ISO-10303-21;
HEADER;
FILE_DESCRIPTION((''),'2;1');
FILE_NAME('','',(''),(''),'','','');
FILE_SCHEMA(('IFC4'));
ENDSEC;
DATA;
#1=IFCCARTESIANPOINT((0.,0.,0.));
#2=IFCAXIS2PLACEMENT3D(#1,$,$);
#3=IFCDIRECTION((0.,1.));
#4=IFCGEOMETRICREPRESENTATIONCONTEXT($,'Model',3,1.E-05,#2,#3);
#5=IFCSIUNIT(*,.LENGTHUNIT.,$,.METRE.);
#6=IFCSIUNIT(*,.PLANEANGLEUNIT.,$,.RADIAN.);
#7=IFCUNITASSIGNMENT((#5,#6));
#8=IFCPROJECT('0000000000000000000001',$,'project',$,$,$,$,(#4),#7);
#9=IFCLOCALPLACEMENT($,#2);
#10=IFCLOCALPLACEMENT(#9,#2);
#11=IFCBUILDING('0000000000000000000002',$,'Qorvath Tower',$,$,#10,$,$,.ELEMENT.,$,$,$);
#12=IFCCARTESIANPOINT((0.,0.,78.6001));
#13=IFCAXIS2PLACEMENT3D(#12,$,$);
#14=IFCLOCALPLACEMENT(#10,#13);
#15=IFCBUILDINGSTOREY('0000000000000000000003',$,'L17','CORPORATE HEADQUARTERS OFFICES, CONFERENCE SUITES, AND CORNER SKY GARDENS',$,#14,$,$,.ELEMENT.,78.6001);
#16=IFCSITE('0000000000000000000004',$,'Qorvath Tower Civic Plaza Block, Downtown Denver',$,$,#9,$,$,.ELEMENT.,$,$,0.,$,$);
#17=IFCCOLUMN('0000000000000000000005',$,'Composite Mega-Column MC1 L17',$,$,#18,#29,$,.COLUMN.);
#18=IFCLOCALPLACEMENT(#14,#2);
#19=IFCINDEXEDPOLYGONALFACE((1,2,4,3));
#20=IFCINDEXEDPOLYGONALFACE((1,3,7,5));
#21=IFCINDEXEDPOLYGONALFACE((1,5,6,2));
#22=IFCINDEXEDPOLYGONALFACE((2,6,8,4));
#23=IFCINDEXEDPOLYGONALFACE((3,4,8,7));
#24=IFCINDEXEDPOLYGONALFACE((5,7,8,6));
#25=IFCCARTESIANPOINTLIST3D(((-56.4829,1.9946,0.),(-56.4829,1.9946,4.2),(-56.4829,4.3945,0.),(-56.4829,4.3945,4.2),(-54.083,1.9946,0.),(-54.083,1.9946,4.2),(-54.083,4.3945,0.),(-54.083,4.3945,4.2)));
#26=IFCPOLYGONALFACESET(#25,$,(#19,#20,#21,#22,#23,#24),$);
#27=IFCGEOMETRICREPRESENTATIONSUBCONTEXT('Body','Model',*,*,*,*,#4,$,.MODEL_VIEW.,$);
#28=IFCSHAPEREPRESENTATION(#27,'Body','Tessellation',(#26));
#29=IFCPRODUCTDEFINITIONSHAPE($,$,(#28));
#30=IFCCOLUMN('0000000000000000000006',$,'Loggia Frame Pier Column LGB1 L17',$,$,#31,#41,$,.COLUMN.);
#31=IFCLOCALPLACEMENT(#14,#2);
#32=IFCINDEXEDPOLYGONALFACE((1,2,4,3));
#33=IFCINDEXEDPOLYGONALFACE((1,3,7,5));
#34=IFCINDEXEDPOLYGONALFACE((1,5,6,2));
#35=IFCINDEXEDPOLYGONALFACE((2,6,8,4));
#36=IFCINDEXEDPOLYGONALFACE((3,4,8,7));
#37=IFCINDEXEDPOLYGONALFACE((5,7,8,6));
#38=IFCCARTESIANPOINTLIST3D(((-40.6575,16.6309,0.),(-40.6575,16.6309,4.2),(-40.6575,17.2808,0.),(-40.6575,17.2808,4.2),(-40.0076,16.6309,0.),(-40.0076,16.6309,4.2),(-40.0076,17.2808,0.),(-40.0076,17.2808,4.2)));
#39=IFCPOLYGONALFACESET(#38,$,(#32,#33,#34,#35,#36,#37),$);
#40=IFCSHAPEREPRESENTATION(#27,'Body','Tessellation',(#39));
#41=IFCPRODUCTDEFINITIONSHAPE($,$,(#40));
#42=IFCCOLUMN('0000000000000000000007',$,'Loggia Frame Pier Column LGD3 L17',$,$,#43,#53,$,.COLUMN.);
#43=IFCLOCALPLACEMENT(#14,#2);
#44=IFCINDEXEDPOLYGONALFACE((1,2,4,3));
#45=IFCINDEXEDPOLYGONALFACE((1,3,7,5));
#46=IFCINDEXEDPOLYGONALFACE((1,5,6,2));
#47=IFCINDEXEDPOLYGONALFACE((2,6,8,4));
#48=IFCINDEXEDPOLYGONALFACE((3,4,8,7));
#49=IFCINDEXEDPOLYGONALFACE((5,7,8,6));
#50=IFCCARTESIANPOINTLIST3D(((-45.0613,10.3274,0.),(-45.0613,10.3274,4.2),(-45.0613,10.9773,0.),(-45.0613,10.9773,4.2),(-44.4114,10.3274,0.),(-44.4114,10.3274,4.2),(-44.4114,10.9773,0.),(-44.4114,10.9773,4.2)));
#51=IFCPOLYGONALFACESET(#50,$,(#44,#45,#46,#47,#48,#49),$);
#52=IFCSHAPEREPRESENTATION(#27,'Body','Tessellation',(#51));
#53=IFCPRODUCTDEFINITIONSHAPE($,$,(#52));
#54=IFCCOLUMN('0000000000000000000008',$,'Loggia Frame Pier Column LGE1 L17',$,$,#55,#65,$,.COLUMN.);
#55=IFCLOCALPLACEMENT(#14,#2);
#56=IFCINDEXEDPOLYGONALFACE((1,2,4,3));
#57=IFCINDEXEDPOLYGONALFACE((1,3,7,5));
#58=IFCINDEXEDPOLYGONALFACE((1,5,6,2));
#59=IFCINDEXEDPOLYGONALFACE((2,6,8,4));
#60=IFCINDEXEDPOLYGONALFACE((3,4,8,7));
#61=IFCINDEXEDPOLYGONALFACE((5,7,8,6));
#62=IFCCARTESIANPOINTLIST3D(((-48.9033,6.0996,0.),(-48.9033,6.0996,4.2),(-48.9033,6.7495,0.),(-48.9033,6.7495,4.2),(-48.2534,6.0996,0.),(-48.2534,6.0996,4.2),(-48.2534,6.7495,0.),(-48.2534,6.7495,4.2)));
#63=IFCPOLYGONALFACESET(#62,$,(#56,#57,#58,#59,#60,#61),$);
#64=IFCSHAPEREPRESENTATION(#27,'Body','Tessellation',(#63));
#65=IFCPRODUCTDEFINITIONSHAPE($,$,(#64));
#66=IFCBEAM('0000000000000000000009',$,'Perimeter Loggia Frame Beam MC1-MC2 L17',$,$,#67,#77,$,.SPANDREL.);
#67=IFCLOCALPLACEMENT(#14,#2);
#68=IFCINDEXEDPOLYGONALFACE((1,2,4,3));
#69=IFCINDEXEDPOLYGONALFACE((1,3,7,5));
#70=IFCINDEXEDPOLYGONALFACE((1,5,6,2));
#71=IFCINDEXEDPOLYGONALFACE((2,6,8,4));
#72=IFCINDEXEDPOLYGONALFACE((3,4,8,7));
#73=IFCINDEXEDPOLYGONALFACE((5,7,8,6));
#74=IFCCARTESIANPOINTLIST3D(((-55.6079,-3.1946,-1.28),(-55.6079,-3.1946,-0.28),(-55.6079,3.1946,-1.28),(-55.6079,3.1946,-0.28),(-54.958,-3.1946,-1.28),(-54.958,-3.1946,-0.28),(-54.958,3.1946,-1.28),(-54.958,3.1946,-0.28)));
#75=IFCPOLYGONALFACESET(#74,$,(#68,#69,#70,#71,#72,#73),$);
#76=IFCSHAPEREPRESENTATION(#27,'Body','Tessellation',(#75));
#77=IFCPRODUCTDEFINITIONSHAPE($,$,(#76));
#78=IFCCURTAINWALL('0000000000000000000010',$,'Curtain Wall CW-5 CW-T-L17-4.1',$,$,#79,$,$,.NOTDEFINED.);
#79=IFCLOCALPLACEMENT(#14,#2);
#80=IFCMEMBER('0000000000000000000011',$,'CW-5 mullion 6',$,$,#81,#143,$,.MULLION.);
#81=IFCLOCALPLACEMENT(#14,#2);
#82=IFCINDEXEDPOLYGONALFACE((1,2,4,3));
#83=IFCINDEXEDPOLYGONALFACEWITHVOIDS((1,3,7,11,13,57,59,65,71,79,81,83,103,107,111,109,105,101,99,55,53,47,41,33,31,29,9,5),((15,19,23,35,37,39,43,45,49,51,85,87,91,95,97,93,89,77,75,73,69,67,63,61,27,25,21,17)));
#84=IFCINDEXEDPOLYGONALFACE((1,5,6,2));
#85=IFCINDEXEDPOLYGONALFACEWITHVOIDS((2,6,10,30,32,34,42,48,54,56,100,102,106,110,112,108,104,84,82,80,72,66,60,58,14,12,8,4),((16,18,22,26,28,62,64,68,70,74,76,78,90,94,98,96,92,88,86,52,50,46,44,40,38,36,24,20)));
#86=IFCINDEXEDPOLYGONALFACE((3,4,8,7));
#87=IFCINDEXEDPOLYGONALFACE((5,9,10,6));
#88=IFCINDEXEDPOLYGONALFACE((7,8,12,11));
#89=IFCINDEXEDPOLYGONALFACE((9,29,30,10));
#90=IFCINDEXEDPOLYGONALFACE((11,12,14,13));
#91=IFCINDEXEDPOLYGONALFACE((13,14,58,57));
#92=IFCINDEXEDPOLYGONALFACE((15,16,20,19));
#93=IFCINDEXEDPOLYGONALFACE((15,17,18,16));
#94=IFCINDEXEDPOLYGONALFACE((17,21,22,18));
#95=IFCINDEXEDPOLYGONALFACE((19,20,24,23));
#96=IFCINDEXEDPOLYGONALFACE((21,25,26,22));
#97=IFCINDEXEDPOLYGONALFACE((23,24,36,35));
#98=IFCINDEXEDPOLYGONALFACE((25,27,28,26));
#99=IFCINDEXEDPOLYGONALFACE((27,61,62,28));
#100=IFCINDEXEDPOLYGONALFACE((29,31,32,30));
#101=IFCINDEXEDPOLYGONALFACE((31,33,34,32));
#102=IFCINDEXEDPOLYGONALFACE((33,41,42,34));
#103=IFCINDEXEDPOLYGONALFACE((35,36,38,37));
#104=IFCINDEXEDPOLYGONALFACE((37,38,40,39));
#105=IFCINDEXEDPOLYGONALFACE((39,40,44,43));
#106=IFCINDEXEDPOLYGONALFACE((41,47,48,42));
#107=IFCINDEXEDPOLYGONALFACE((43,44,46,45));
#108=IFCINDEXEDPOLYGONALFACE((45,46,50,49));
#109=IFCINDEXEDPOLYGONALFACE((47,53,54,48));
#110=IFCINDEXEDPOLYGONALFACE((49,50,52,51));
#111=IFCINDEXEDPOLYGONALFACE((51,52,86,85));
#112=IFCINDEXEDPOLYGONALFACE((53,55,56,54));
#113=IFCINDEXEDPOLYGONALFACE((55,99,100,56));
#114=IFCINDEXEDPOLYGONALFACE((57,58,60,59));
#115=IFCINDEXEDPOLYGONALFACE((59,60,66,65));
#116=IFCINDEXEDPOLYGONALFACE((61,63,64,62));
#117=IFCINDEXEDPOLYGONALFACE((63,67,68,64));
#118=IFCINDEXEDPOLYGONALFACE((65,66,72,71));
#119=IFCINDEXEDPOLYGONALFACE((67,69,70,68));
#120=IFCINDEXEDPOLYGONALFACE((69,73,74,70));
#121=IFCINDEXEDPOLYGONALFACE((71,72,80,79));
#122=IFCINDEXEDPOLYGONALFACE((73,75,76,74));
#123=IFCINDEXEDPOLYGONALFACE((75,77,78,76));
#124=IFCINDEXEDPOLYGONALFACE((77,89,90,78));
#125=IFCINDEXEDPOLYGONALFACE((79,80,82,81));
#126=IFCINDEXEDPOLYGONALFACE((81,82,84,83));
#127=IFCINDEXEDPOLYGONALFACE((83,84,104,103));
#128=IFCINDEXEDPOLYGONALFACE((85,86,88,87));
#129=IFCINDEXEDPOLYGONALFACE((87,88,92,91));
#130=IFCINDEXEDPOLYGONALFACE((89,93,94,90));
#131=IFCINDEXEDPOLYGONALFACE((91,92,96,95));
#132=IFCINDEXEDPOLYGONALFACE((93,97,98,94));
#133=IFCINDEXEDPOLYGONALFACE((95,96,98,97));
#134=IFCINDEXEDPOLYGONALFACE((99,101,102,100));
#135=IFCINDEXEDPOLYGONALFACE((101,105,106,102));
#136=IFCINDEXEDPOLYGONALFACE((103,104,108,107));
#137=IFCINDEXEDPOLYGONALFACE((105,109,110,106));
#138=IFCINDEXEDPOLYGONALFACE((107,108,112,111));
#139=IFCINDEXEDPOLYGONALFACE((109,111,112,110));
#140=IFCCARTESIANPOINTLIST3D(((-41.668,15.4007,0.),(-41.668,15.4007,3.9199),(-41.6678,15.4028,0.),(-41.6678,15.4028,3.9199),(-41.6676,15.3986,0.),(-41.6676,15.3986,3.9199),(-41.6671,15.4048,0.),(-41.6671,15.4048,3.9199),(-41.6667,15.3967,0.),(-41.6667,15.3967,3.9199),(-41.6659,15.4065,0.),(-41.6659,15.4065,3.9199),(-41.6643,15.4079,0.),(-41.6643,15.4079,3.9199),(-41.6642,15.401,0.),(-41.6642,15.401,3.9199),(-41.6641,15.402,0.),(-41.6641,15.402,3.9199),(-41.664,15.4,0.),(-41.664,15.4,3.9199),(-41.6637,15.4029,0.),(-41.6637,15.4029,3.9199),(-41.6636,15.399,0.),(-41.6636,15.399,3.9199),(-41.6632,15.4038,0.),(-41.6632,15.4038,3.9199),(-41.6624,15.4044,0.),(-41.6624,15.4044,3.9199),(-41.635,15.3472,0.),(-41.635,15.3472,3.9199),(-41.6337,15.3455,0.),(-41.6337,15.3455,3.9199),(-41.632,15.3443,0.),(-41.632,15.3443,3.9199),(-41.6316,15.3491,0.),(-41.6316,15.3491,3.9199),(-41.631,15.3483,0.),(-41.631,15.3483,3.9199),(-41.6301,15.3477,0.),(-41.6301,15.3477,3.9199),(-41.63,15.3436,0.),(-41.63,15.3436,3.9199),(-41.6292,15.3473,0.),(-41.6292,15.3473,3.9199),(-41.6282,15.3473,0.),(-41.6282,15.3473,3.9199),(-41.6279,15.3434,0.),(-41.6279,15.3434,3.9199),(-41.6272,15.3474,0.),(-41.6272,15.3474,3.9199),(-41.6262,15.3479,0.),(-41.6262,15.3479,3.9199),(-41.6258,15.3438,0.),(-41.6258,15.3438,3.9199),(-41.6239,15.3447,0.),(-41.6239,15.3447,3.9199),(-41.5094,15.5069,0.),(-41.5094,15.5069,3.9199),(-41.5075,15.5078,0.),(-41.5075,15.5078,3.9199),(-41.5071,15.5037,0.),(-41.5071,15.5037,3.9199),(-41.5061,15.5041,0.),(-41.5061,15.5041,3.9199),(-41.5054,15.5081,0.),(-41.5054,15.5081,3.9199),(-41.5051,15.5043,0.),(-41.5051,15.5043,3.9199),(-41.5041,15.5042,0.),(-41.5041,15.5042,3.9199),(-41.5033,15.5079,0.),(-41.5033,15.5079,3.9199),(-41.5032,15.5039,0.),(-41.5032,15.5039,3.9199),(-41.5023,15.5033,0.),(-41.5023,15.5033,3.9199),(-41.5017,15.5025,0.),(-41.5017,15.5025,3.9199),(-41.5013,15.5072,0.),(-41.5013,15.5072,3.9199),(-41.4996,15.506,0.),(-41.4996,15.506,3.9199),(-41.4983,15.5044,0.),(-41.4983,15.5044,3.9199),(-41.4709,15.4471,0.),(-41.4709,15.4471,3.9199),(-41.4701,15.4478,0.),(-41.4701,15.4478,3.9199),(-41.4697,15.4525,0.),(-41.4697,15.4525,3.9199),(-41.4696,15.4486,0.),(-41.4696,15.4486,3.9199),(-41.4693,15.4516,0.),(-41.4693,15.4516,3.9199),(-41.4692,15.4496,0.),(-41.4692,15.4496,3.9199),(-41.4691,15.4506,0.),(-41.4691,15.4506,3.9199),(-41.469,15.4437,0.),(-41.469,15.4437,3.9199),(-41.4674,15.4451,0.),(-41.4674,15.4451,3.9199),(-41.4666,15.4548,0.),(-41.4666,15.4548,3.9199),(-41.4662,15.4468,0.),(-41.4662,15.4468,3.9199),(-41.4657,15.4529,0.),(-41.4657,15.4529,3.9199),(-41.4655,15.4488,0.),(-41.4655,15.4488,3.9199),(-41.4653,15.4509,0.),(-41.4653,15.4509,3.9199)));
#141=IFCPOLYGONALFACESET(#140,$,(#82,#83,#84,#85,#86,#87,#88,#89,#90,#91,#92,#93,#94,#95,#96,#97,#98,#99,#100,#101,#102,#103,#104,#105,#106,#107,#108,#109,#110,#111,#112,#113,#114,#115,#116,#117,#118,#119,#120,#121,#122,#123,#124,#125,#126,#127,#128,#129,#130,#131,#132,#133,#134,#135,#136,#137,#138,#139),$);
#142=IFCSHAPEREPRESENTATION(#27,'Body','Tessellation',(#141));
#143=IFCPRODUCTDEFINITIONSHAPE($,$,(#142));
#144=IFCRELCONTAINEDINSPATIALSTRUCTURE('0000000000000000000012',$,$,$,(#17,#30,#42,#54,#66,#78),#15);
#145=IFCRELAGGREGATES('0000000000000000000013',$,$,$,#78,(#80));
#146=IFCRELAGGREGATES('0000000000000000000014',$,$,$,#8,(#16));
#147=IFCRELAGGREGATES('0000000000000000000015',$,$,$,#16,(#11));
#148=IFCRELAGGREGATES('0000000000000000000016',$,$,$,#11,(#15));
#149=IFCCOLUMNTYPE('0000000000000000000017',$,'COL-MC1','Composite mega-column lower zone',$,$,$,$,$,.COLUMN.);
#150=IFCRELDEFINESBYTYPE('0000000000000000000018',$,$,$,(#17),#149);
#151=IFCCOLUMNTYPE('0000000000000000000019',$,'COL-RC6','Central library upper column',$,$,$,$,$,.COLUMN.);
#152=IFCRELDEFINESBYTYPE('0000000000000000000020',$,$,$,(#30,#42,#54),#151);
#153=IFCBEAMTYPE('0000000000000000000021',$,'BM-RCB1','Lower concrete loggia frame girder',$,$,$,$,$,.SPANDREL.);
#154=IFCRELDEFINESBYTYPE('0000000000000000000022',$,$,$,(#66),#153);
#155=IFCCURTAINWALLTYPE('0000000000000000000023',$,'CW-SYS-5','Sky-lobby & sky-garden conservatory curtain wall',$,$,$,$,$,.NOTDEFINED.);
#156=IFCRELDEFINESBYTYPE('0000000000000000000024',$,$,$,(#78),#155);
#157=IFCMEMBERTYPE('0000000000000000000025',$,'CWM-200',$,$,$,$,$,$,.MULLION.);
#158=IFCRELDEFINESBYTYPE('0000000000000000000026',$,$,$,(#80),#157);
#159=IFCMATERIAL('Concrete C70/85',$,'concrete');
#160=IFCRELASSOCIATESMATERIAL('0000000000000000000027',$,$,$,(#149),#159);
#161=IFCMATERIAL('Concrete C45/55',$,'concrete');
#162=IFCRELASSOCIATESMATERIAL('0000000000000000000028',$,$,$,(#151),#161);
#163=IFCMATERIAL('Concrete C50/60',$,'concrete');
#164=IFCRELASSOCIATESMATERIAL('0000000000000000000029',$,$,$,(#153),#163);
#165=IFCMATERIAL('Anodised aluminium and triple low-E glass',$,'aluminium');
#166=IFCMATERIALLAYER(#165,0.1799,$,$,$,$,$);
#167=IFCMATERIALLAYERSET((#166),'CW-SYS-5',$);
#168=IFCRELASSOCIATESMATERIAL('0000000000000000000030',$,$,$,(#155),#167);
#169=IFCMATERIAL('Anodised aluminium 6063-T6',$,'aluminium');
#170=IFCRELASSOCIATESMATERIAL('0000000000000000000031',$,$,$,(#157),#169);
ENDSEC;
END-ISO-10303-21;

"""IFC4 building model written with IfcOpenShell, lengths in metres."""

from ifc_helpers import new_model, si_unit, direction, frame, origin, origin_2d, place, context, subcontext, project, spatial, rectangle, hollow_rectangle, extrude, material, layer, layer_set, material_profile, profile_set, type_object, element, aggregate, save


model = new_model("IFC4")

# Units and contexts
model_context = context("Model", 3, precision=1e-05, world=origin(), true_north=direction((0.0, 1.0)))
body_context = subcontext(model_context, "Body", "Model", "MODEL_VIEW")
ifc_project = project(units=[si_unit("LENGTHUNIT", "METRE"), si_unit("PLANEANGLEUNIT", "RADIAN")], contexts=[model_context])

# Site, building, storey
site_placement = place(None, origin())
site = spatial("IfcSite", under=ifc_project, at=site_placement, Name="Qorvath Tower Civic Plaza Block, Downtown Denver", CompositionType="ELEMENT", RefElevation=0.0)
building_placement = place(site_placement, origin())
building = spatial("IfcBuilding", under=site, at=building_placement, Name="Qorvath Tower", CompositionType="ELEMENT")
storey_placement = place(building_placement, frame((0.0, 0.0, 78.6001)))
storey = spatial("IfcBuildingStorey", under=building, at=storey_placement, Name="L17", Description="CORPORATE HEADQUARTERS OFFICES, CONFERENCE SUITES, AND CORNER SKY GARDENS", CompositionType="ELEMENT", Elevation=78.6001)

# Columns
ifc_material_1 = material(Name="Concrete C70/85", Category="concrete")
ifc_material_profile_1 = material_profile(ifc_material_1, rectangle(XDim=2.3999, YDim=2.3999, at=origin_2d()), Name="MC 2400x2400")
ifc_profile_set_1 = profile_set([ifc_material_profile_1], Name="Concrete C70/85")
column_type_1 = type_object("IfcColumnType", Name="COL-MC1", Description="Composite mega-column lower zone", PredefinedType="COLUMN", material=ifc_profile_set_1)
column_placement = place(storey_placement, frame((-55.283, 3.1946, 0.0), z_axis=(0.0, 0.0, 1.0), x_axis=(1.0, 0.0, 0.0)))
element("IfcColumn", 1, at=column_placement, inside=storey, type_object=column_type_1, Name="Composite Mega-Column MC1 L17", PredefinedType="COLUMN", context=body_context, shape_type="SweptSolid", body=[
    extrude(rectangle(XDim=2.3999, YDim=2.3999, at=origin_2d()), origin(), (0.0, 0.0, 1.0), 4.2),
])
ifc_material_2 = material(Name="Concrete C45/55", Category="concrete")
ifc_material_profile_2 = material_profile(ifc_material_2, rectangle(XDim=0.6499, YDim=0.6499, at=origin_2d()), Name="RC 650x650")
ifc_profile_set_2 = profile_set([ifc_material_profile_2], Name="Concrete C45/55")
column_type_2 = type_object("IfcColumnType", Name="COL-RC6", Description="Central library upper column", PredefinedType="COLUMN", material=ifc_profile_set_2)
for number, where, z_axis, x_axis, name in (
    (2, (-40.3325, 16.9558, 0.0), (0.0, 0.0, 1.0), (1.0, 0.0, 0.0), "Loggia Frame Pier Column LGB1 L17"),
    (3, (-44.7363, 10.6523, 0.0), (0.0, 0.0, 1.0), (1.0, 0.0, 0.0), "Loggia Frame Pier Column LGD3 L17"),
    (4, (-48.5784, 6.4246, 0.0), (0.0, 0.0, 1.0), (1.0, 0.0, 0.0), "Loggia Frame Pier Column LGE1 L17"),
):
    element("IfcColumn", number, at=place(storey_placement, frame(where, z_axis=z_axis, x_axis=x_axis)), inside=storey, type_object=column_type_2, Name=name, PredefinedType="COLUMN", context=body_context, shape_type="SweptSolid", body=[
        extrude(rectangle(XDim=0.6499, YDim=0.6499, at=origin_2d()), origin(), (0.0, 0.0, 1.0), 4.2),
    ])

# Beam
ifc_material_3 = material(Name="Concrete C50/60", Category="concrete")
ifc_material_profile_3 = material_profile(ifc_material_3, rectangle(XDim=0.6499, YDim=1.0, at=origin_2d()), Name="RCB 1000x650")
ifc_profile_set_3 = profile_set([ifc_material_profile_3], Name="Concrete C50/60")
beam_type = type_object("IfcBeamType", Name="BM-RCB1", Description="Lower concrete loggia frame girder", PredefinedType="SPANDREL", material=ifc_profile_set_3)
beam_placement = place(storey_placement, frame((-55.283, 3.1946, -0.78), z_axis=(0.0, -1.0, 0.0), x_axis=(1.0, 0.0, 0.0)))
element("IfcBeam", 5, at=beam_placement, inside=storey, type_object=beam_type, Name="Perimeter Loggia Frame Beam MC1-MC2 L17", PredefinedType="SPANDREL", context=body_context, shape_type="SweptSolid", body=[
    extrude(rectangle(XDim=0.6499, YDim=1.0, at=origin_2d()), origin(), (0.0, 0.0, 1.0), 6.3892),
])

# Curtain wall, member
ifc_material_4 = material(Name="Anodised aluminium and triple low-E glass", Category="aluminium")
ifc_layer_1 = layer(ifc_material_4, 0.1799)
ifc_layer_set_1 = layer_set([ifc_layer_1], Name="CW-SYS-5")
curtain_wall_type = type_object("IfcCurtainWallType", Name="CW-SYS-5", Description="Sky-lobby & sky-garden conservatory curtain wall", PredefinedType="NOTDEFINED", material=ifc_layer_set_1)
curtain_wall_1_placement = place(storey_placement, origin())
curtain_wall_1 = element("IfcCurtainWall", 6, at=curtain_wall_1_placement, inside=storey, type_object=curtain_wall_type, Name="Curtain Wall CW-5 CW-T-L17-4.1", PredefinedType="NOTDEFINED")
ifc_material_5 = material(Name="Anodised aluminium 6063-T6", Category="aluminium")
ifc_material_profile_4 = material_profile(ifc_material_5, hollow_rectangle(XDim=0.075, YDim=0.2, WallThickness=0.0039, InnerFilletRadius=0.0039, OuterFilletRadius=0.0081, at=origin_2d()), Name="CWM 200x75")
ifc_profile_set_4 = profile_set([ifc_material_profile_4], Name="Anodised aluminium 6063-T6")
member_type_1 = type_object("IfcMemberType", Name="CWM-200", PredefinedType="MULLION", material=ifc_profile_set_4)
member_1_placement = place(storey_placement, frame((-41.5667, 15.4258, 0.0), z_axis=(0.0, 0.0, 1.0), x_axis=(0.538533, -0.842604, 0.0)))
member_1 = element("IfcMember", 7, at=member_1_placement, type_object=member_type_1, Name="CW-5 mullion 6", PredefinedType="MULLION", context=body_context, shape_type="SweptSolid", body=[
    extrude(hollow_rectangle(XDim=0.075, YDim=0.2, WallThickness=0.0039, InnerFilletRadius=0.0039, OuterFilletRadius=0.0081, at=origin_2d()), origin(), (0.0, 0.0, 1.0), 3.9199),
])

aggregate(curtain_wall_1, [member_1])

save(model, "model.ifc")
